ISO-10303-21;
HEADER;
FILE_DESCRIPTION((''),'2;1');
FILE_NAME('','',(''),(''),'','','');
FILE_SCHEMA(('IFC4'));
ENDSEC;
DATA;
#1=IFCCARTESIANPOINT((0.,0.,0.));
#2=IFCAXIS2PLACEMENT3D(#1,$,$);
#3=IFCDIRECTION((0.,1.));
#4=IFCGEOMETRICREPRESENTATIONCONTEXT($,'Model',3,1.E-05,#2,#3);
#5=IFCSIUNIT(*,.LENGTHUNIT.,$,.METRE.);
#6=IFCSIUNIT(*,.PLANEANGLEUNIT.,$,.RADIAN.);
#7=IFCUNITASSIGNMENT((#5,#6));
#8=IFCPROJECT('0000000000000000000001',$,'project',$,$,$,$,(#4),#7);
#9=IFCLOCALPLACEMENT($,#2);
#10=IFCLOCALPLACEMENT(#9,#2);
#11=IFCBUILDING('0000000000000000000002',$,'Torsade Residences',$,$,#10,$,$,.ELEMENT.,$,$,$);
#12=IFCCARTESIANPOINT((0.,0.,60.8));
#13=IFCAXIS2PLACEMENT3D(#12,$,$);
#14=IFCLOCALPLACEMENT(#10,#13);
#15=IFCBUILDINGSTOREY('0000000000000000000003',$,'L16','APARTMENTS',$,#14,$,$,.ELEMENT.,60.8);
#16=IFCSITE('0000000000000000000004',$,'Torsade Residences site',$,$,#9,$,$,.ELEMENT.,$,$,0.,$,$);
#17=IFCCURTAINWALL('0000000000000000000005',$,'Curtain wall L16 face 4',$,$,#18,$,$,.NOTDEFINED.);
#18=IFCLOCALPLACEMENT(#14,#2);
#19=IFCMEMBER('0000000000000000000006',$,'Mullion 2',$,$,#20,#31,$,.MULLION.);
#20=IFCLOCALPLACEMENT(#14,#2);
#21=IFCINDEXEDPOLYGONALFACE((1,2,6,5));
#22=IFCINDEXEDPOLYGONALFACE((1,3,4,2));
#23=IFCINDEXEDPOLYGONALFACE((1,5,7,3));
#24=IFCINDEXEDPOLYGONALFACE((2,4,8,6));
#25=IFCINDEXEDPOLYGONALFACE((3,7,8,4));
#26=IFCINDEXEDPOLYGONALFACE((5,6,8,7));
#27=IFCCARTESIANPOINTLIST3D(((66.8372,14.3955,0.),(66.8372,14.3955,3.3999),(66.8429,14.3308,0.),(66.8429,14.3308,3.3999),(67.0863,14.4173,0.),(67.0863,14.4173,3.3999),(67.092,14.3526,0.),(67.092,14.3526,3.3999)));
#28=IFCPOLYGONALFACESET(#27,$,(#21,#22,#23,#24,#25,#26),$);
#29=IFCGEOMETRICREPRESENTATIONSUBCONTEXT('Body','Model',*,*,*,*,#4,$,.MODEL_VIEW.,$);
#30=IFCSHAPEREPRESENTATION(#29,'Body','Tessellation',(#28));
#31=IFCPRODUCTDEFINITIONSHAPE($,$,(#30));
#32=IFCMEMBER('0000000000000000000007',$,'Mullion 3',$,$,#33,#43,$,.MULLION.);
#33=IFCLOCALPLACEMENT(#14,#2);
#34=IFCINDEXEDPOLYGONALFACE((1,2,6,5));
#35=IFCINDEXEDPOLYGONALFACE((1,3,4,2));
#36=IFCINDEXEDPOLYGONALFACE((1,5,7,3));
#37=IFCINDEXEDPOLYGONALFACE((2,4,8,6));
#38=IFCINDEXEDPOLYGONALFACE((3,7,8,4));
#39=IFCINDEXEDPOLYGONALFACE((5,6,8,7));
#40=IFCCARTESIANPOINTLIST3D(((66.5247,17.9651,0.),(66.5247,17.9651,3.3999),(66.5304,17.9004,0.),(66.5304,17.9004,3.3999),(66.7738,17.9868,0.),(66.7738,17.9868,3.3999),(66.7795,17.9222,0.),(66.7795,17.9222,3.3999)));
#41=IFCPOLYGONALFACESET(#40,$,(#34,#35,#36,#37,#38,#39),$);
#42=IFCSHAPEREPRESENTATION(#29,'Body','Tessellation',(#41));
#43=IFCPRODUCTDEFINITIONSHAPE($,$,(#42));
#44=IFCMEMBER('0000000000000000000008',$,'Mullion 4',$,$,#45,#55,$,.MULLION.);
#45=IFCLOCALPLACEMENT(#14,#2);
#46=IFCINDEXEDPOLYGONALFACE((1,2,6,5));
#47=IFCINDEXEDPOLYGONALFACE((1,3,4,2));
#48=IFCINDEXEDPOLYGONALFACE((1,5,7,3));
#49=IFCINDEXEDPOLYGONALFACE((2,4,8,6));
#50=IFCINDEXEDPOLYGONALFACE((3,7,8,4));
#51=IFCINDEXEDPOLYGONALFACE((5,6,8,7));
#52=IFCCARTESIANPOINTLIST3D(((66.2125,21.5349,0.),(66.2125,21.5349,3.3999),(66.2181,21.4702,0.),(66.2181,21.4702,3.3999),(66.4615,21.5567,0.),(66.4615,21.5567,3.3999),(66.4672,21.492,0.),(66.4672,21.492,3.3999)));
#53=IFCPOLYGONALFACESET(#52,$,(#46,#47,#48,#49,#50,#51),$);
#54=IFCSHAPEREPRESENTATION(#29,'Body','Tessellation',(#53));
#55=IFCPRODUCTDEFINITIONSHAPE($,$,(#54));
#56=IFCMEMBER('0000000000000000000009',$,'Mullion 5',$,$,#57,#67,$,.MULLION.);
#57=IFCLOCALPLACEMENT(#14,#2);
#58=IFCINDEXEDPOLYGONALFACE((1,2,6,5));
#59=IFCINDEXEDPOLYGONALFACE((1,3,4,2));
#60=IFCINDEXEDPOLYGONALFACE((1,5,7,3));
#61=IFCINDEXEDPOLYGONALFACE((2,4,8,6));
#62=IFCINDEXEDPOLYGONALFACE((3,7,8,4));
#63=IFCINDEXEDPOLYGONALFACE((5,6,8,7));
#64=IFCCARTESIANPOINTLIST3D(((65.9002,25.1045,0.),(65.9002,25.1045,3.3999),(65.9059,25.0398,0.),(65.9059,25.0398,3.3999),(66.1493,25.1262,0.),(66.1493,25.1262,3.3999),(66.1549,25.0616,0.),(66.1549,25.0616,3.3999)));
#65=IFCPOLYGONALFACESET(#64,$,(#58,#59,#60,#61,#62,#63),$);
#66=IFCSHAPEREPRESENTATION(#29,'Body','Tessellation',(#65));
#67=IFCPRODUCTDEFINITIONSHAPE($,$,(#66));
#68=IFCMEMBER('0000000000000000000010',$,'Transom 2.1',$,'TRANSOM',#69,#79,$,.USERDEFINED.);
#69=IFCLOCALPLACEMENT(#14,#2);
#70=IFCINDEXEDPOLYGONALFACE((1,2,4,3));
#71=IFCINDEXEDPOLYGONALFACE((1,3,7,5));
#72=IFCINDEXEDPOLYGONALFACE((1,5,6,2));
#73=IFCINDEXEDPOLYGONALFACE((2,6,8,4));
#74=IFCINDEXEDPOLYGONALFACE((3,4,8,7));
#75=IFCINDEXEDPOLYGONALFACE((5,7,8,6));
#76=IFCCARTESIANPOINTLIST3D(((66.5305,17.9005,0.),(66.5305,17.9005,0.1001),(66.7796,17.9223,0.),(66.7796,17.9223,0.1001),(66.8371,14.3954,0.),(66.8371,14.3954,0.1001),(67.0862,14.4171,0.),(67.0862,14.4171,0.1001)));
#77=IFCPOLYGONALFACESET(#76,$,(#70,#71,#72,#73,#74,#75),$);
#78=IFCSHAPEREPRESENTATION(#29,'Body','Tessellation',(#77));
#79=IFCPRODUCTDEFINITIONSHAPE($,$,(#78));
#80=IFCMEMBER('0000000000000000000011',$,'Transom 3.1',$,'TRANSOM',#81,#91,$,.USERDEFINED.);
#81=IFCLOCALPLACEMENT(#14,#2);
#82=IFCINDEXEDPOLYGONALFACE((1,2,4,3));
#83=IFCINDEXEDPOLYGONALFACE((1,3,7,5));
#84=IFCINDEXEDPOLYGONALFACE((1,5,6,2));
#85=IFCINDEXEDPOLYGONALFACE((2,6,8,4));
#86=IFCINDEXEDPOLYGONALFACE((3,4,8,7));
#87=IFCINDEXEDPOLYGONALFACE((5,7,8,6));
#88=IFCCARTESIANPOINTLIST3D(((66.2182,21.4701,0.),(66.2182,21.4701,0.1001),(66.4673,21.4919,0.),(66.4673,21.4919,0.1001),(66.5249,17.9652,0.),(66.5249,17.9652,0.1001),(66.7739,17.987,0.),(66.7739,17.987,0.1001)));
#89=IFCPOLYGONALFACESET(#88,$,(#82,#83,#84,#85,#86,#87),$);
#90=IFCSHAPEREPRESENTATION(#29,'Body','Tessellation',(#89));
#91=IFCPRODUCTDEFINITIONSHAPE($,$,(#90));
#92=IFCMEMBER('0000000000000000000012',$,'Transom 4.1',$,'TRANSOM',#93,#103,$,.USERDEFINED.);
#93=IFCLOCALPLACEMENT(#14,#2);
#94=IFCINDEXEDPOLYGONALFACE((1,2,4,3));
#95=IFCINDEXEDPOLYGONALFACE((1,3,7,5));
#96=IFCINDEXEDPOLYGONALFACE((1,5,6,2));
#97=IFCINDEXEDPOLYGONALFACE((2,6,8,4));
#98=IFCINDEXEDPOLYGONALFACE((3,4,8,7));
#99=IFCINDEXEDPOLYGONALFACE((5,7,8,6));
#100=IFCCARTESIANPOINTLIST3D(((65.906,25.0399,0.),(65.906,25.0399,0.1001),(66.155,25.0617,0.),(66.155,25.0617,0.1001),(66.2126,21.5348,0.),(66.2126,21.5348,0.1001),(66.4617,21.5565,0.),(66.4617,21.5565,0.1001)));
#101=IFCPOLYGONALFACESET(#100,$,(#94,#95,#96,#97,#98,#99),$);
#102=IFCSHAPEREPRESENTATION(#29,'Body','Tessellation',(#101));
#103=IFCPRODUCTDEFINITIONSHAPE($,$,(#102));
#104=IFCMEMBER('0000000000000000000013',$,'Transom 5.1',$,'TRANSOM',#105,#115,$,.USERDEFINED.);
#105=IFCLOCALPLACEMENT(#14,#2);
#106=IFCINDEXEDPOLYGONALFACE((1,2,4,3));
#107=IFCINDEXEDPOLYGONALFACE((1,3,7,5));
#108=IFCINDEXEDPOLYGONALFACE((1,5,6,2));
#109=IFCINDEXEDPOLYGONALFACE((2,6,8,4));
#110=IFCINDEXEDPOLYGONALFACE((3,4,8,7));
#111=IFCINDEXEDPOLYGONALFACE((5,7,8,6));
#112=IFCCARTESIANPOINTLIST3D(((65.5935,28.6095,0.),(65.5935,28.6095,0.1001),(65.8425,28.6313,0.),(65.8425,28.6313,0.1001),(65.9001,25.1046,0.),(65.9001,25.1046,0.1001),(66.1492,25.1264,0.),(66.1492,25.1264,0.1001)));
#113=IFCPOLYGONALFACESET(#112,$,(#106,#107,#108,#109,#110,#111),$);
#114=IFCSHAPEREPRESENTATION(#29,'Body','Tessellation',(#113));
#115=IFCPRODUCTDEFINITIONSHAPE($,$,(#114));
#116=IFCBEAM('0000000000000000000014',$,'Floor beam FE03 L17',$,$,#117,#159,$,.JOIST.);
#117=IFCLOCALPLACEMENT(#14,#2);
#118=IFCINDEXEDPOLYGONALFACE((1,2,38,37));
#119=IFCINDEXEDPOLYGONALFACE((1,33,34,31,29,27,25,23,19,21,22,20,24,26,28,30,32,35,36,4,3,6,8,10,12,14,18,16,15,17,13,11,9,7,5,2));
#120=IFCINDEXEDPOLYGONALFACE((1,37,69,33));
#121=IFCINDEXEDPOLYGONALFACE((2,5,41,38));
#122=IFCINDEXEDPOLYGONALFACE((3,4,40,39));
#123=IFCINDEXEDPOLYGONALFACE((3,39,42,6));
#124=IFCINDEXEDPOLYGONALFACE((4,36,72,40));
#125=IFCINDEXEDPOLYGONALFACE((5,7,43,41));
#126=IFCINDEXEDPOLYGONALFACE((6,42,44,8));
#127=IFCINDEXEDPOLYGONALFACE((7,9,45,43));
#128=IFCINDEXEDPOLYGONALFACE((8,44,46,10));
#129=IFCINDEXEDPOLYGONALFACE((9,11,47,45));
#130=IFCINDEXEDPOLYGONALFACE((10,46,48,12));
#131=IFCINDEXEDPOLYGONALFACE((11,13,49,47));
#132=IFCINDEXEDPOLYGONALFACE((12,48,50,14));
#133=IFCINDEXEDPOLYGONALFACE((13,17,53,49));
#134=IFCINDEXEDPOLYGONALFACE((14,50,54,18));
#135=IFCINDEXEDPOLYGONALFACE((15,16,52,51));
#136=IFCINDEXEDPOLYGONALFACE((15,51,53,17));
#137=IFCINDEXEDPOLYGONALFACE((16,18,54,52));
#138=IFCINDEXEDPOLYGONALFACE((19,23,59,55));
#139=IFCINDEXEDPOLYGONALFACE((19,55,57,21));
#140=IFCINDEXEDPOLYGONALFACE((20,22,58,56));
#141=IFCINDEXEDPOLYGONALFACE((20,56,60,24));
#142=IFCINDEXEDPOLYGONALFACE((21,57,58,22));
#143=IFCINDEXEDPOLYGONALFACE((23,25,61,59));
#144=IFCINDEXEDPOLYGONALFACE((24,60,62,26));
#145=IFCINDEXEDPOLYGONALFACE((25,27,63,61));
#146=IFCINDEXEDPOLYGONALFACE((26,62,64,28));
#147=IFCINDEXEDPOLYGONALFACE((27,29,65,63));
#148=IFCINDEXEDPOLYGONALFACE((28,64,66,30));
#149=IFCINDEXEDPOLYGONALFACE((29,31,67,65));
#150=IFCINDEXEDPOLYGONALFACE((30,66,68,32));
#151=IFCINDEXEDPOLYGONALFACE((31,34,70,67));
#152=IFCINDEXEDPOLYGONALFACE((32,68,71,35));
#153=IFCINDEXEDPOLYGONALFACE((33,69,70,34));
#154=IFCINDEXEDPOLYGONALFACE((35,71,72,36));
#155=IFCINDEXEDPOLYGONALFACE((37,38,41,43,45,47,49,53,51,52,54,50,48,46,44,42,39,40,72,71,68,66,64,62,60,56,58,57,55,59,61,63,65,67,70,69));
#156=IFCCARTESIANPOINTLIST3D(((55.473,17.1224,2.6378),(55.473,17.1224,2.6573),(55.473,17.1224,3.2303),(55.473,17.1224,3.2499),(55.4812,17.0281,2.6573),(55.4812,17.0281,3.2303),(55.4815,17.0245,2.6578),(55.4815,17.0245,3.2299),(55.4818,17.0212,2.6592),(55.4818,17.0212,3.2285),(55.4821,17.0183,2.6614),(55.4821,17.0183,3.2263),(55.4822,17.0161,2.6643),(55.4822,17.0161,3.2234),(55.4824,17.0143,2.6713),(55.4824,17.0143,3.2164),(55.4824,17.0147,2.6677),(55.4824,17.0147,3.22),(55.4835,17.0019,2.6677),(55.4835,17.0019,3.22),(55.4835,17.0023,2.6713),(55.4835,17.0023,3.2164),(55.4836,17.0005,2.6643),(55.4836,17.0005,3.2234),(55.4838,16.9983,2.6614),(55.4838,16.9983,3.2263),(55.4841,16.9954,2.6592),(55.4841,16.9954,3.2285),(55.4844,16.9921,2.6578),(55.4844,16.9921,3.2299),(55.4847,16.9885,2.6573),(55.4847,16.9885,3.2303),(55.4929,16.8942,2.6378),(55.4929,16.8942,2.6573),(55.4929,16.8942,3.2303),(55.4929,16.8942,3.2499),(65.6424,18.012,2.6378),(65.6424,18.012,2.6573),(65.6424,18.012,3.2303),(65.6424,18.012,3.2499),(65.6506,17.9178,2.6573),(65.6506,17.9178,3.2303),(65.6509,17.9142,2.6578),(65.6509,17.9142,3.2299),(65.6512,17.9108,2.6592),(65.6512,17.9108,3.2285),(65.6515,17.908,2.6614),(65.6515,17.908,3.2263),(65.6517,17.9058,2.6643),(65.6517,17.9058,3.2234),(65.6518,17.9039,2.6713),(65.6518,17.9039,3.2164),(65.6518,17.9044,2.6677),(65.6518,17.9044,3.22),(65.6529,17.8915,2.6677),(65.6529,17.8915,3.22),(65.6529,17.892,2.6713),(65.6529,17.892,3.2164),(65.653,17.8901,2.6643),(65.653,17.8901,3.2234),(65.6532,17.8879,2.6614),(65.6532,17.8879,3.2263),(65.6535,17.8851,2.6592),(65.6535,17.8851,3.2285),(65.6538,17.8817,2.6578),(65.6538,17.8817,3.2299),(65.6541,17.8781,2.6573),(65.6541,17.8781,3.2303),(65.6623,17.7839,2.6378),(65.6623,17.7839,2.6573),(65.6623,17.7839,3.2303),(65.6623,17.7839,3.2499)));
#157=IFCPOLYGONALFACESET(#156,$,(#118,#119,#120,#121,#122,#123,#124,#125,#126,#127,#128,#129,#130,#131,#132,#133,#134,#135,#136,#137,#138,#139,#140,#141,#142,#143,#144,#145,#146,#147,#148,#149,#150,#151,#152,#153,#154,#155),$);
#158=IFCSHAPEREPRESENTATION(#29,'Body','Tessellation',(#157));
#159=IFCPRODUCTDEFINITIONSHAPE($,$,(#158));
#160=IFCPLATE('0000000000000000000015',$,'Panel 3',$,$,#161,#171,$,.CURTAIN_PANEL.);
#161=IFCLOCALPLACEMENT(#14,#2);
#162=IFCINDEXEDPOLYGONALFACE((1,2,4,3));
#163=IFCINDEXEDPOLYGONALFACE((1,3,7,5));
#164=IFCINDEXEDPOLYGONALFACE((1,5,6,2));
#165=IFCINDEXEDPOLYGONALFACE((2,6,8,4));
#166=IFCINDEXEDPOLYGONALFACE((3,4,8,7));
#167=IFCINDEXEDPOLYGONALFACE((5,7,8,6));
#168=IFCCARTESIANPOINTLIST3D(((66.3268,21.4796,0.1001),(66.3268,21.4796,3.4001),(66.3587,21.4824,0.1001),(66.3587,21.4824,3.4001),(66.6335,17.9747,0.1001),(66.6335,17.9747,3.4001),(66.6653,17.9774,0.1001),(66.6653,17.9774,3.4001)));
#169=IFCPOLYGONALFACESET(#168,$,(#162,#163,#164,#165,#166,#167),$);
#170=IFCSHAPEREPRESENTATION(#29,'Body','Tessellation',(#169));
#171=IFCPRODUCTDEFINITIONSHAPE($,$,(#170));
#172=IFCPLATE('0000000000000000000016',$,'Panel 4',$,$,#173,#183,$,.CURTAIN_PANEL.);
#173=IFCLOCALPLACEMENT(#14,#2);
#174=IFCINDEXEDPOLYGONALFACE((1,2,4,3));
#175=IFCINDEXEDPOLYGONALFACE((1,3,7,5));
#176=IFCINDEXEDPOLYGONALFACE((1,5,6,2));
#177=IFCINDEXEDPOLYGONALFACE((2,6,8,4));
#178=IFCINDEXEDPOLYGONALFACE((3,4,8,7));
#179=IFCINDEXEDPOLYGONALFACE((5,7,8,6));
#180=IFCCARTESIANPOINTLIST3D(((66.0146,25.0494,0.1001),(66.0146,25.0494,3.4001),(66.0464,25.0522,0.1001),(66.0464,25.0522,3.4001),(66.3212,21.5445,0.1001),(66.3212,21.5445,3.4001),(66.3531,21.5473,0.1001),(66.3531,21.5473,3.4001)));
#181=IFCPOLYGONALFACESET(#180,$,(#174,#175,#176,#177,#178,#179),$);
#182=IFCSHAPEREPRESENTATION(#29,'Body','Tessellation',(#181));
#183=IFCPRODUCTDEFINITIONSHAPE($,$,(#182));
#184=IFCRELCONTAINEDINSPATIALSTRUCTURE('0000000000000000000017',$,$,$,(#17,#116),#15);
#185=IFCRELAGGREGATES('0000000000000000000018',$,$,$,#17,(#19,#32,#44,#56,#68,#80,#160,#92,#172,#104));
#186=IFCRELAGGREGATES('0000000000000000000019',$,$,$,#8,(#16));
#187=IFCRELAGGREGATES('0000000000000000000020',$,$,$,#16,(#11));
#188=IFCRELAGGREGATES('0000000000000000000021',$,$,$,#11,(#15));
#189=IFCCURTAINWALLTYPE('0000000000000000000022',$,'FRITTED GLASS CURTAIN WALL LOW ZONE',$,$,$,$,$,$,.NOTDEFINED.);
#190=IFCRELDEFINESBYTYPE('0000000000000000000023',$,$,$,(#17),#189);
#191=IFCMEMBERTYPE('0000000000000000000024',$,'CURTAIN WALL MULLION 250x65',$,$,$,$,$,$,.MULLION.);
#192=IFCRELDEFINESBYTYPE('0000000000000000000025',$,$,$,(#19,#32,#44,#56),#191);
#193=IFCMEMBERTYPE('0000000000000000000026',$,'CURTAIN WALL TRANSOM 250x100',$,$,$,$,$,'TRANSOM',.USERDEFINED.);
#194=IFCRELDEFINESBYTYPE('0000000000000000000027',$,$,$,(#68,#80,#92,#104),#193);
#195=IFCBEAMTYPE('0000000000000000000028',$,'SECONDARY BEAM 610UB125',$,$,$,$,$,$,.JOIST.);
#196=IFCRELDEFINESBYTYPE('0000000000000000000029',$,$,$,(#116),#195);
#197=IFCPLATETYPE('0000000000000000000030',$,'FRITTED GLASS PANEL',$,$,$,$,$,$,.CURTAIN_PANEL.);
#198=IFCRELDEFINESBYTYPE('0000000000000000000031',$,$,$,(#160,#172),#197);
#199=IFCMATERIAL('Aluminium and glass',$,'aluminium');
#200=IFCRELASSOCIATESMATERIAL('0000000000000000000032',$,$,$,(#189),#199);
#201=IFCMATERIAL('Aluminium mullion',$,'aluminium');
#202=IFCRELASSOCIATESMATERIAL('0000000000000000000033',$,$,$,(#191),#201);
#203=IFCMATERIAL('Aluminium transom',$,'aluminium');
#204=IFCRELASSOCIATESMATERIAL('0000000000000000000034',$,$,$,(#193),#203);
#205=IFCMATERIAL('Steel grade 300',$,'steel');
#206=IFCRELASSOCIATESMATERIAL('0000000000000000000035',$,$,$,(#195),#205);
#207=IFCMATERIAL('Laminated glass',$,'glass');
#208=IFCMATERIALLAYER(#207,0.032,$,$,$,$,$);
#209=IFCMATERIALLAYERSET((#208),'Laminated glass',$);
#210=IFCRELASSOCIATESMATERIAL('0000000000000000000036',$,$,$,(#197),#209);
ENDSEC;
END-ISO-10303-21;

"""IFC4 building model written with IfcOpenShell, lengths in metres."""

from ifc_helpers import new_model, si_unit, direction, frame, origin, origin_2d, place, context, subcontext, project, spatial, rectangle, i_section, extrude, material, layer, layer_set, material_profile, profile_set, type_object, element, aggregate, save


model = new_model("IFC4")

# Units and contexts
model_context = context("Model", 3, precision=1e-05, world=origin(), true_north=direction((0.0, 1.0)))
body_context = subcontext(model_context, "Body", "Model", "MODEL_VIEW")
ifc_project = project(units=[si_unit("LENGTHUNIT", "METRE"), si_unit("PLANEANGLEUNIT", "RADIAN")], contexts=[model_context])

# Site, building, storey
site_placement = place(None, origin())
site = spatial("IfcSite", under=ifc_project, at=site_placement, Name="Torsade Residences site", CompositionType="ELEMENT", RefElevation=0.0)
building_placement = place(site_placement, origin())
building = spatial("IfcBuilding", under=site, at=building_placement, Name="Torsade Residences", CompositionType="ELEMENT")
storey_placement = place(building_placement, frame((0.0, 0.0, 60.8)))
storey = spatial("IfcBuildingStorey", under=building, at=storey_placement, Name="L16", Description="APARTMENTS", CompositionType="ELEMENT", Elevation=60.8)

# Curtain wall, members
ifc_material_1 = material(Name="Aluminium and glass", Category="aluminium")
curtain_wall_type = type_object("IfcCurtainWallType", Name="FRITTED GLASS CURTAIN WALL LOW ZONE", PredefinedType="NOTDEFINED", material=ifc_material_1)
curtain_wall_placement = place(storey_placement, origin())
curtain_wall = element("IfcCurtainWall", 1, at=curtain_wall_placement, inside=storey, type_object=curtain_wall_type, Name="Curtain wall L16 face 4", PredefinedType="NOTDEFINED")
ifc_material_2 = material(Name="Aluminium mullion", Category="aluminium")
ifc_material_profile_1 = material_profile(ifc_material_2, rectangle(XDim=0.25, YDim=0.0649, at=origin_2d()), Name="CURTAIN WALL MULLION 250x65")
ifc_profile_set_1 = profile_set([ifc_material_profile_1], Name="Aluminium mullion")
member_type_1 = type_object("IfcMemberType", Name="CURTAIN WALL MULLION 250x65", PredefinedType="MULLION", material=ifc_profile_set_1)
member_1_placement = place(storey_placement, frame((66.9646, 14.374, 0.0), z_axis=(0.0, 0.0, 1.0), x_axis=(-0.996195, -0.087156, 0.0)))
member_1 = element("IfcMember", 2, at=member_1_placement, type_object=member_type_1, Name="Mullion 2", PredefinedType="MULLION", context=body_context, shape_type="SweptSolid", body=[
    extrude(rectangle(XDim=0.25, YDim=0.0649, at=origin_2d()), origin(), (0.0, 0.0, 1.0), 3.3999),
])
member_2_placement = place(storey_placement, frame((66.6521, 17.9436, 0.0), z_axis=(0.0, 0.0, 1.0), x_axis=(-0.996195, -0.087156, 0.0)))
member_2 = element("IfcMember", 3, at=member_2_placement, type_object=member_type_1, Name="Mullion 3", PredefinedType="MULLION", context=body_context, shape_type="SweptSolid", body=[
    extrude(rectangle(XDim=0.25, YDim=0.0649, at=origin_2d()), origin(), (0.0, 0.0, 1.0), 3.3999),
])
member_3_placement = place(storey_placement, frame((66.3398, 21.5134, 0.0), z_axis=(0.0, 0.0, 1.0), x_axis=(-0.996195, -0.087156, 0.0)))
member_3 = element("IfcMember", 4, at=member_3_placement, type_object=member_type_1, Name="Mullion 4", PredefinedType="MULLION", context=body_context, shape_type="SweptSolid", body=[
    extrude(rectangle(XDim=0.25, YDim=0.0649, at=origin_2d()), origin(), (0.0, 0.0, 1.0), 3.3999),
])
member_4_placement = place(storey_placement, frame((66.0276, 25.083, 0.0), z_axis=(0.0, 0.0, 1.0), x_axis=(-0.996195, -0.087156, 0.0)))
member_4 = element("IfcMember", 5, at=member_4_placement, type_object=member_type_1, Name="Mullion 5", PredefinedType="MULLION", context=body_context, shape_type="SweptSolid", body=[
    extrude(rectangle(XDim=0.25, YDim=0.0649, at=origin_2d()), origin(), (0.0, 0.0, 1.0), 3.3999),
])
ifc_material_3 = material(Name="Aluminium transom", Category="aluminium")
ifc_material_profile_2 = material_profile(ifc_material_3, rectangle(XDim=0.25, YDim=0.1001, at=origin_2d()), Name="CURTAIN WALL TRANSOM 250x100")
ifc_profile_set_2 = profile_set([ifc_material_profile_2], Name="Aluminium transom")
member_type_2 = type_object("IfcMemberType", Name="CURTAIN WALL TRANSOM 250x100", ElementType="TRANSOM", PredefinedType="USERDEFINED", material=ifc_profile_set_2)
member_5_placement = place(storey_placement, frame((66.9617, 14.4062, 0.05), z_axis=(-0.087151, 0.996195, 0.0), x_axis=(-0.996195, -0.087151, 0.0)))
member_5 = element("IfcMember", 6, at=member_5_placement, type_object=member_type_2, Name="Transom 2.1", ObjectType="TRANSOM", PredefinedType="USERDEFINED", context=body_context, shape_type="SweptSolid", body=[
    extrude(rectangle(XDim=0.25, YDim=0.1001, at=origin_2d()), origin(), (0.0, 0.0, 1.0), 3.5186),
])
member_6_placement = place(storey_placement, frame((66.6494, 17.9761, 0.05), z_axis=(-0.087157, 0.996195, 0.0), x_axis=(-0.996195, -0.087157, 0.0)))
member_6 = element("IfcMember", 7, at=member_6_placement, type_object=member_type_2, Name="Transom 3.1", ObjectType="TRANSOM", PredefinedType="USERDEFINED", context=body_context, shape_type="SweptSolid", body=[
    extrude(rectangle(XDim=0.25, YDim=0.1001, at=origin_2d()), origin(), (0.0, 0.0, 1.0), 3.5183),
])
member_7_placement = place(storey_placement, frame((66.3372, 21.5457, 0.05), z_axis=(-0.087151, 0.996195, 0.0), x_axis=(-0.996195, -0.087151, 0.0)))
member_7 = element("IfcMember", 8, at=member_7_placement, type_object=member_type_2, Name="Transom 4.1", ObjectType="TRANSOM", PredefinedType="USERDEFINED", context=body_context, shape_type="SweptSolid", body=[
    extrude(rectangle(XDim=0.25, YDim=0.1001, at=origin_2d()), origin(), (0.0, 0.0, 1.0), 3.5186),
])
member_8_placement = place(storey_placement, frame((66.0247, 25.1155, 0.05), z_axis=(-0.087157, 0.996195, 0.0), x_axis=(-0.996195, -0.087157, 0.0)))
member_8 = element("IfcMember", 9, at=member_8_placement, type_object=member_type_2, Name="Transom 5.1", ObjectType="TRANSOM", PredefinedType="USERDEFINED", context=body_context, shape_type="SweptSolid", body=[
    extrude(rectangle(XDim=0.25, YDim=0.1001, at=origin_2d()), origin(), (0.0, 0.0, 1.0), 3.5183),
])

# Beam
ifc_material_4 = material(Name="Steel grade 300", Category="steel")
ifc_material_profile_3 = material_profile(ifc_material_4, i_section(OverallWidth=0.229, OverallDepth=0.6121, WebThickness=0.012, FlangeThickness=0.0195, FilletRadius=0.0139, at=origin_2d()), Name="610UB125")
ifc_profile_set_3 = profile_set([ifc_material_profile_3], Name="Steel grade 300")
beam_type = type_object("IfcBeamType", Name="SECONDARY BEAM 610UB125", PredefinedType="JOIST", material=ifc_profile_set_3)
beam_placement = place(storey_placement, frame((65.6523, 17.8979, 2.9438), z_axis=(-0.996195, -0.08715, 0.0), x_axis=(0.08715, -0.996195, 0.0)))
element("IfcBeam", 10, at=beam_placement, inside=storey, type_object=beam_type, Name="Floor beam FE03 L17", PredefinedType="JOIST", context=body_context, shape_type="SweptSolid", body=[
    extrude(i_section(OverallWidth=0.229, OverallDepth=0.6121, WebThickness=0.012, FlangeThickness=0.0195, FilletRadius=0.0139, at=origin_2d()), origin(), (0.0, 0.0, 1.0), 10.2083),
])

# Plates
ifc_material_5 = material(Name="Laminated glass", Category="glass")
ifc_layer_1 = layer(ifc_material_5, 0.032)
ifc_layer_set_1 = layer_set([ifc_layer_1], Name="Laminated glass")
plate_type_1 = type_object("IfcPlateType", Name="FRITTED GLASS PANEL", PredefinedType="CURTAIN_PANEL", material=ifc_layer_set_1)
plate_1_placement = place(storey_placement, frame((66.4961, 19.7285, 0.1001), z_axis=(0.0, 0.0, 1.0), x_axis=(-0.087156, 0.996195, 0.0)))
plate_1 = element("IfcPlate", 11, at=plate_1_placement, type_object=plate_type_1, Name="Panel 3", PredefinedType="CURTAIN_PANEL", context=body_context, shape_type="SweptSolid", body=[
    extrude(rectangle(XDim=3.5183, YDim=0.032, at=origin_2d()), origin(), (0.0, 0.0, 1.0), 3.3),
])
plate_2_placement = place(storey_placement, frame((66.1838, 23.2983, 0.1001), z_axis=(0.0, 0.0, 1.0), x_axis=(-0.087156, 0.996195, 0.0)))
plate_2 = element("IfcPlate", 12, at=plate_2_placement, type_object=plate_type_1, Name="Panel 4", PredefinedType="CURTAIN_PANEL", context=body_context, shape_type="SweptSolid", body=[
    extrude(rectangle(XDim=3.5183, YDim=0.032, at=origin_2d()), origin(), (0.0, 0.0, 1.0), 3.3),
])
aggregate(curtain_wall, [member_1, member_2, member_3, member_4, member_5, member_6, plate_1, member_7, plate_2, member_8])

save(model, "model.ifc")
